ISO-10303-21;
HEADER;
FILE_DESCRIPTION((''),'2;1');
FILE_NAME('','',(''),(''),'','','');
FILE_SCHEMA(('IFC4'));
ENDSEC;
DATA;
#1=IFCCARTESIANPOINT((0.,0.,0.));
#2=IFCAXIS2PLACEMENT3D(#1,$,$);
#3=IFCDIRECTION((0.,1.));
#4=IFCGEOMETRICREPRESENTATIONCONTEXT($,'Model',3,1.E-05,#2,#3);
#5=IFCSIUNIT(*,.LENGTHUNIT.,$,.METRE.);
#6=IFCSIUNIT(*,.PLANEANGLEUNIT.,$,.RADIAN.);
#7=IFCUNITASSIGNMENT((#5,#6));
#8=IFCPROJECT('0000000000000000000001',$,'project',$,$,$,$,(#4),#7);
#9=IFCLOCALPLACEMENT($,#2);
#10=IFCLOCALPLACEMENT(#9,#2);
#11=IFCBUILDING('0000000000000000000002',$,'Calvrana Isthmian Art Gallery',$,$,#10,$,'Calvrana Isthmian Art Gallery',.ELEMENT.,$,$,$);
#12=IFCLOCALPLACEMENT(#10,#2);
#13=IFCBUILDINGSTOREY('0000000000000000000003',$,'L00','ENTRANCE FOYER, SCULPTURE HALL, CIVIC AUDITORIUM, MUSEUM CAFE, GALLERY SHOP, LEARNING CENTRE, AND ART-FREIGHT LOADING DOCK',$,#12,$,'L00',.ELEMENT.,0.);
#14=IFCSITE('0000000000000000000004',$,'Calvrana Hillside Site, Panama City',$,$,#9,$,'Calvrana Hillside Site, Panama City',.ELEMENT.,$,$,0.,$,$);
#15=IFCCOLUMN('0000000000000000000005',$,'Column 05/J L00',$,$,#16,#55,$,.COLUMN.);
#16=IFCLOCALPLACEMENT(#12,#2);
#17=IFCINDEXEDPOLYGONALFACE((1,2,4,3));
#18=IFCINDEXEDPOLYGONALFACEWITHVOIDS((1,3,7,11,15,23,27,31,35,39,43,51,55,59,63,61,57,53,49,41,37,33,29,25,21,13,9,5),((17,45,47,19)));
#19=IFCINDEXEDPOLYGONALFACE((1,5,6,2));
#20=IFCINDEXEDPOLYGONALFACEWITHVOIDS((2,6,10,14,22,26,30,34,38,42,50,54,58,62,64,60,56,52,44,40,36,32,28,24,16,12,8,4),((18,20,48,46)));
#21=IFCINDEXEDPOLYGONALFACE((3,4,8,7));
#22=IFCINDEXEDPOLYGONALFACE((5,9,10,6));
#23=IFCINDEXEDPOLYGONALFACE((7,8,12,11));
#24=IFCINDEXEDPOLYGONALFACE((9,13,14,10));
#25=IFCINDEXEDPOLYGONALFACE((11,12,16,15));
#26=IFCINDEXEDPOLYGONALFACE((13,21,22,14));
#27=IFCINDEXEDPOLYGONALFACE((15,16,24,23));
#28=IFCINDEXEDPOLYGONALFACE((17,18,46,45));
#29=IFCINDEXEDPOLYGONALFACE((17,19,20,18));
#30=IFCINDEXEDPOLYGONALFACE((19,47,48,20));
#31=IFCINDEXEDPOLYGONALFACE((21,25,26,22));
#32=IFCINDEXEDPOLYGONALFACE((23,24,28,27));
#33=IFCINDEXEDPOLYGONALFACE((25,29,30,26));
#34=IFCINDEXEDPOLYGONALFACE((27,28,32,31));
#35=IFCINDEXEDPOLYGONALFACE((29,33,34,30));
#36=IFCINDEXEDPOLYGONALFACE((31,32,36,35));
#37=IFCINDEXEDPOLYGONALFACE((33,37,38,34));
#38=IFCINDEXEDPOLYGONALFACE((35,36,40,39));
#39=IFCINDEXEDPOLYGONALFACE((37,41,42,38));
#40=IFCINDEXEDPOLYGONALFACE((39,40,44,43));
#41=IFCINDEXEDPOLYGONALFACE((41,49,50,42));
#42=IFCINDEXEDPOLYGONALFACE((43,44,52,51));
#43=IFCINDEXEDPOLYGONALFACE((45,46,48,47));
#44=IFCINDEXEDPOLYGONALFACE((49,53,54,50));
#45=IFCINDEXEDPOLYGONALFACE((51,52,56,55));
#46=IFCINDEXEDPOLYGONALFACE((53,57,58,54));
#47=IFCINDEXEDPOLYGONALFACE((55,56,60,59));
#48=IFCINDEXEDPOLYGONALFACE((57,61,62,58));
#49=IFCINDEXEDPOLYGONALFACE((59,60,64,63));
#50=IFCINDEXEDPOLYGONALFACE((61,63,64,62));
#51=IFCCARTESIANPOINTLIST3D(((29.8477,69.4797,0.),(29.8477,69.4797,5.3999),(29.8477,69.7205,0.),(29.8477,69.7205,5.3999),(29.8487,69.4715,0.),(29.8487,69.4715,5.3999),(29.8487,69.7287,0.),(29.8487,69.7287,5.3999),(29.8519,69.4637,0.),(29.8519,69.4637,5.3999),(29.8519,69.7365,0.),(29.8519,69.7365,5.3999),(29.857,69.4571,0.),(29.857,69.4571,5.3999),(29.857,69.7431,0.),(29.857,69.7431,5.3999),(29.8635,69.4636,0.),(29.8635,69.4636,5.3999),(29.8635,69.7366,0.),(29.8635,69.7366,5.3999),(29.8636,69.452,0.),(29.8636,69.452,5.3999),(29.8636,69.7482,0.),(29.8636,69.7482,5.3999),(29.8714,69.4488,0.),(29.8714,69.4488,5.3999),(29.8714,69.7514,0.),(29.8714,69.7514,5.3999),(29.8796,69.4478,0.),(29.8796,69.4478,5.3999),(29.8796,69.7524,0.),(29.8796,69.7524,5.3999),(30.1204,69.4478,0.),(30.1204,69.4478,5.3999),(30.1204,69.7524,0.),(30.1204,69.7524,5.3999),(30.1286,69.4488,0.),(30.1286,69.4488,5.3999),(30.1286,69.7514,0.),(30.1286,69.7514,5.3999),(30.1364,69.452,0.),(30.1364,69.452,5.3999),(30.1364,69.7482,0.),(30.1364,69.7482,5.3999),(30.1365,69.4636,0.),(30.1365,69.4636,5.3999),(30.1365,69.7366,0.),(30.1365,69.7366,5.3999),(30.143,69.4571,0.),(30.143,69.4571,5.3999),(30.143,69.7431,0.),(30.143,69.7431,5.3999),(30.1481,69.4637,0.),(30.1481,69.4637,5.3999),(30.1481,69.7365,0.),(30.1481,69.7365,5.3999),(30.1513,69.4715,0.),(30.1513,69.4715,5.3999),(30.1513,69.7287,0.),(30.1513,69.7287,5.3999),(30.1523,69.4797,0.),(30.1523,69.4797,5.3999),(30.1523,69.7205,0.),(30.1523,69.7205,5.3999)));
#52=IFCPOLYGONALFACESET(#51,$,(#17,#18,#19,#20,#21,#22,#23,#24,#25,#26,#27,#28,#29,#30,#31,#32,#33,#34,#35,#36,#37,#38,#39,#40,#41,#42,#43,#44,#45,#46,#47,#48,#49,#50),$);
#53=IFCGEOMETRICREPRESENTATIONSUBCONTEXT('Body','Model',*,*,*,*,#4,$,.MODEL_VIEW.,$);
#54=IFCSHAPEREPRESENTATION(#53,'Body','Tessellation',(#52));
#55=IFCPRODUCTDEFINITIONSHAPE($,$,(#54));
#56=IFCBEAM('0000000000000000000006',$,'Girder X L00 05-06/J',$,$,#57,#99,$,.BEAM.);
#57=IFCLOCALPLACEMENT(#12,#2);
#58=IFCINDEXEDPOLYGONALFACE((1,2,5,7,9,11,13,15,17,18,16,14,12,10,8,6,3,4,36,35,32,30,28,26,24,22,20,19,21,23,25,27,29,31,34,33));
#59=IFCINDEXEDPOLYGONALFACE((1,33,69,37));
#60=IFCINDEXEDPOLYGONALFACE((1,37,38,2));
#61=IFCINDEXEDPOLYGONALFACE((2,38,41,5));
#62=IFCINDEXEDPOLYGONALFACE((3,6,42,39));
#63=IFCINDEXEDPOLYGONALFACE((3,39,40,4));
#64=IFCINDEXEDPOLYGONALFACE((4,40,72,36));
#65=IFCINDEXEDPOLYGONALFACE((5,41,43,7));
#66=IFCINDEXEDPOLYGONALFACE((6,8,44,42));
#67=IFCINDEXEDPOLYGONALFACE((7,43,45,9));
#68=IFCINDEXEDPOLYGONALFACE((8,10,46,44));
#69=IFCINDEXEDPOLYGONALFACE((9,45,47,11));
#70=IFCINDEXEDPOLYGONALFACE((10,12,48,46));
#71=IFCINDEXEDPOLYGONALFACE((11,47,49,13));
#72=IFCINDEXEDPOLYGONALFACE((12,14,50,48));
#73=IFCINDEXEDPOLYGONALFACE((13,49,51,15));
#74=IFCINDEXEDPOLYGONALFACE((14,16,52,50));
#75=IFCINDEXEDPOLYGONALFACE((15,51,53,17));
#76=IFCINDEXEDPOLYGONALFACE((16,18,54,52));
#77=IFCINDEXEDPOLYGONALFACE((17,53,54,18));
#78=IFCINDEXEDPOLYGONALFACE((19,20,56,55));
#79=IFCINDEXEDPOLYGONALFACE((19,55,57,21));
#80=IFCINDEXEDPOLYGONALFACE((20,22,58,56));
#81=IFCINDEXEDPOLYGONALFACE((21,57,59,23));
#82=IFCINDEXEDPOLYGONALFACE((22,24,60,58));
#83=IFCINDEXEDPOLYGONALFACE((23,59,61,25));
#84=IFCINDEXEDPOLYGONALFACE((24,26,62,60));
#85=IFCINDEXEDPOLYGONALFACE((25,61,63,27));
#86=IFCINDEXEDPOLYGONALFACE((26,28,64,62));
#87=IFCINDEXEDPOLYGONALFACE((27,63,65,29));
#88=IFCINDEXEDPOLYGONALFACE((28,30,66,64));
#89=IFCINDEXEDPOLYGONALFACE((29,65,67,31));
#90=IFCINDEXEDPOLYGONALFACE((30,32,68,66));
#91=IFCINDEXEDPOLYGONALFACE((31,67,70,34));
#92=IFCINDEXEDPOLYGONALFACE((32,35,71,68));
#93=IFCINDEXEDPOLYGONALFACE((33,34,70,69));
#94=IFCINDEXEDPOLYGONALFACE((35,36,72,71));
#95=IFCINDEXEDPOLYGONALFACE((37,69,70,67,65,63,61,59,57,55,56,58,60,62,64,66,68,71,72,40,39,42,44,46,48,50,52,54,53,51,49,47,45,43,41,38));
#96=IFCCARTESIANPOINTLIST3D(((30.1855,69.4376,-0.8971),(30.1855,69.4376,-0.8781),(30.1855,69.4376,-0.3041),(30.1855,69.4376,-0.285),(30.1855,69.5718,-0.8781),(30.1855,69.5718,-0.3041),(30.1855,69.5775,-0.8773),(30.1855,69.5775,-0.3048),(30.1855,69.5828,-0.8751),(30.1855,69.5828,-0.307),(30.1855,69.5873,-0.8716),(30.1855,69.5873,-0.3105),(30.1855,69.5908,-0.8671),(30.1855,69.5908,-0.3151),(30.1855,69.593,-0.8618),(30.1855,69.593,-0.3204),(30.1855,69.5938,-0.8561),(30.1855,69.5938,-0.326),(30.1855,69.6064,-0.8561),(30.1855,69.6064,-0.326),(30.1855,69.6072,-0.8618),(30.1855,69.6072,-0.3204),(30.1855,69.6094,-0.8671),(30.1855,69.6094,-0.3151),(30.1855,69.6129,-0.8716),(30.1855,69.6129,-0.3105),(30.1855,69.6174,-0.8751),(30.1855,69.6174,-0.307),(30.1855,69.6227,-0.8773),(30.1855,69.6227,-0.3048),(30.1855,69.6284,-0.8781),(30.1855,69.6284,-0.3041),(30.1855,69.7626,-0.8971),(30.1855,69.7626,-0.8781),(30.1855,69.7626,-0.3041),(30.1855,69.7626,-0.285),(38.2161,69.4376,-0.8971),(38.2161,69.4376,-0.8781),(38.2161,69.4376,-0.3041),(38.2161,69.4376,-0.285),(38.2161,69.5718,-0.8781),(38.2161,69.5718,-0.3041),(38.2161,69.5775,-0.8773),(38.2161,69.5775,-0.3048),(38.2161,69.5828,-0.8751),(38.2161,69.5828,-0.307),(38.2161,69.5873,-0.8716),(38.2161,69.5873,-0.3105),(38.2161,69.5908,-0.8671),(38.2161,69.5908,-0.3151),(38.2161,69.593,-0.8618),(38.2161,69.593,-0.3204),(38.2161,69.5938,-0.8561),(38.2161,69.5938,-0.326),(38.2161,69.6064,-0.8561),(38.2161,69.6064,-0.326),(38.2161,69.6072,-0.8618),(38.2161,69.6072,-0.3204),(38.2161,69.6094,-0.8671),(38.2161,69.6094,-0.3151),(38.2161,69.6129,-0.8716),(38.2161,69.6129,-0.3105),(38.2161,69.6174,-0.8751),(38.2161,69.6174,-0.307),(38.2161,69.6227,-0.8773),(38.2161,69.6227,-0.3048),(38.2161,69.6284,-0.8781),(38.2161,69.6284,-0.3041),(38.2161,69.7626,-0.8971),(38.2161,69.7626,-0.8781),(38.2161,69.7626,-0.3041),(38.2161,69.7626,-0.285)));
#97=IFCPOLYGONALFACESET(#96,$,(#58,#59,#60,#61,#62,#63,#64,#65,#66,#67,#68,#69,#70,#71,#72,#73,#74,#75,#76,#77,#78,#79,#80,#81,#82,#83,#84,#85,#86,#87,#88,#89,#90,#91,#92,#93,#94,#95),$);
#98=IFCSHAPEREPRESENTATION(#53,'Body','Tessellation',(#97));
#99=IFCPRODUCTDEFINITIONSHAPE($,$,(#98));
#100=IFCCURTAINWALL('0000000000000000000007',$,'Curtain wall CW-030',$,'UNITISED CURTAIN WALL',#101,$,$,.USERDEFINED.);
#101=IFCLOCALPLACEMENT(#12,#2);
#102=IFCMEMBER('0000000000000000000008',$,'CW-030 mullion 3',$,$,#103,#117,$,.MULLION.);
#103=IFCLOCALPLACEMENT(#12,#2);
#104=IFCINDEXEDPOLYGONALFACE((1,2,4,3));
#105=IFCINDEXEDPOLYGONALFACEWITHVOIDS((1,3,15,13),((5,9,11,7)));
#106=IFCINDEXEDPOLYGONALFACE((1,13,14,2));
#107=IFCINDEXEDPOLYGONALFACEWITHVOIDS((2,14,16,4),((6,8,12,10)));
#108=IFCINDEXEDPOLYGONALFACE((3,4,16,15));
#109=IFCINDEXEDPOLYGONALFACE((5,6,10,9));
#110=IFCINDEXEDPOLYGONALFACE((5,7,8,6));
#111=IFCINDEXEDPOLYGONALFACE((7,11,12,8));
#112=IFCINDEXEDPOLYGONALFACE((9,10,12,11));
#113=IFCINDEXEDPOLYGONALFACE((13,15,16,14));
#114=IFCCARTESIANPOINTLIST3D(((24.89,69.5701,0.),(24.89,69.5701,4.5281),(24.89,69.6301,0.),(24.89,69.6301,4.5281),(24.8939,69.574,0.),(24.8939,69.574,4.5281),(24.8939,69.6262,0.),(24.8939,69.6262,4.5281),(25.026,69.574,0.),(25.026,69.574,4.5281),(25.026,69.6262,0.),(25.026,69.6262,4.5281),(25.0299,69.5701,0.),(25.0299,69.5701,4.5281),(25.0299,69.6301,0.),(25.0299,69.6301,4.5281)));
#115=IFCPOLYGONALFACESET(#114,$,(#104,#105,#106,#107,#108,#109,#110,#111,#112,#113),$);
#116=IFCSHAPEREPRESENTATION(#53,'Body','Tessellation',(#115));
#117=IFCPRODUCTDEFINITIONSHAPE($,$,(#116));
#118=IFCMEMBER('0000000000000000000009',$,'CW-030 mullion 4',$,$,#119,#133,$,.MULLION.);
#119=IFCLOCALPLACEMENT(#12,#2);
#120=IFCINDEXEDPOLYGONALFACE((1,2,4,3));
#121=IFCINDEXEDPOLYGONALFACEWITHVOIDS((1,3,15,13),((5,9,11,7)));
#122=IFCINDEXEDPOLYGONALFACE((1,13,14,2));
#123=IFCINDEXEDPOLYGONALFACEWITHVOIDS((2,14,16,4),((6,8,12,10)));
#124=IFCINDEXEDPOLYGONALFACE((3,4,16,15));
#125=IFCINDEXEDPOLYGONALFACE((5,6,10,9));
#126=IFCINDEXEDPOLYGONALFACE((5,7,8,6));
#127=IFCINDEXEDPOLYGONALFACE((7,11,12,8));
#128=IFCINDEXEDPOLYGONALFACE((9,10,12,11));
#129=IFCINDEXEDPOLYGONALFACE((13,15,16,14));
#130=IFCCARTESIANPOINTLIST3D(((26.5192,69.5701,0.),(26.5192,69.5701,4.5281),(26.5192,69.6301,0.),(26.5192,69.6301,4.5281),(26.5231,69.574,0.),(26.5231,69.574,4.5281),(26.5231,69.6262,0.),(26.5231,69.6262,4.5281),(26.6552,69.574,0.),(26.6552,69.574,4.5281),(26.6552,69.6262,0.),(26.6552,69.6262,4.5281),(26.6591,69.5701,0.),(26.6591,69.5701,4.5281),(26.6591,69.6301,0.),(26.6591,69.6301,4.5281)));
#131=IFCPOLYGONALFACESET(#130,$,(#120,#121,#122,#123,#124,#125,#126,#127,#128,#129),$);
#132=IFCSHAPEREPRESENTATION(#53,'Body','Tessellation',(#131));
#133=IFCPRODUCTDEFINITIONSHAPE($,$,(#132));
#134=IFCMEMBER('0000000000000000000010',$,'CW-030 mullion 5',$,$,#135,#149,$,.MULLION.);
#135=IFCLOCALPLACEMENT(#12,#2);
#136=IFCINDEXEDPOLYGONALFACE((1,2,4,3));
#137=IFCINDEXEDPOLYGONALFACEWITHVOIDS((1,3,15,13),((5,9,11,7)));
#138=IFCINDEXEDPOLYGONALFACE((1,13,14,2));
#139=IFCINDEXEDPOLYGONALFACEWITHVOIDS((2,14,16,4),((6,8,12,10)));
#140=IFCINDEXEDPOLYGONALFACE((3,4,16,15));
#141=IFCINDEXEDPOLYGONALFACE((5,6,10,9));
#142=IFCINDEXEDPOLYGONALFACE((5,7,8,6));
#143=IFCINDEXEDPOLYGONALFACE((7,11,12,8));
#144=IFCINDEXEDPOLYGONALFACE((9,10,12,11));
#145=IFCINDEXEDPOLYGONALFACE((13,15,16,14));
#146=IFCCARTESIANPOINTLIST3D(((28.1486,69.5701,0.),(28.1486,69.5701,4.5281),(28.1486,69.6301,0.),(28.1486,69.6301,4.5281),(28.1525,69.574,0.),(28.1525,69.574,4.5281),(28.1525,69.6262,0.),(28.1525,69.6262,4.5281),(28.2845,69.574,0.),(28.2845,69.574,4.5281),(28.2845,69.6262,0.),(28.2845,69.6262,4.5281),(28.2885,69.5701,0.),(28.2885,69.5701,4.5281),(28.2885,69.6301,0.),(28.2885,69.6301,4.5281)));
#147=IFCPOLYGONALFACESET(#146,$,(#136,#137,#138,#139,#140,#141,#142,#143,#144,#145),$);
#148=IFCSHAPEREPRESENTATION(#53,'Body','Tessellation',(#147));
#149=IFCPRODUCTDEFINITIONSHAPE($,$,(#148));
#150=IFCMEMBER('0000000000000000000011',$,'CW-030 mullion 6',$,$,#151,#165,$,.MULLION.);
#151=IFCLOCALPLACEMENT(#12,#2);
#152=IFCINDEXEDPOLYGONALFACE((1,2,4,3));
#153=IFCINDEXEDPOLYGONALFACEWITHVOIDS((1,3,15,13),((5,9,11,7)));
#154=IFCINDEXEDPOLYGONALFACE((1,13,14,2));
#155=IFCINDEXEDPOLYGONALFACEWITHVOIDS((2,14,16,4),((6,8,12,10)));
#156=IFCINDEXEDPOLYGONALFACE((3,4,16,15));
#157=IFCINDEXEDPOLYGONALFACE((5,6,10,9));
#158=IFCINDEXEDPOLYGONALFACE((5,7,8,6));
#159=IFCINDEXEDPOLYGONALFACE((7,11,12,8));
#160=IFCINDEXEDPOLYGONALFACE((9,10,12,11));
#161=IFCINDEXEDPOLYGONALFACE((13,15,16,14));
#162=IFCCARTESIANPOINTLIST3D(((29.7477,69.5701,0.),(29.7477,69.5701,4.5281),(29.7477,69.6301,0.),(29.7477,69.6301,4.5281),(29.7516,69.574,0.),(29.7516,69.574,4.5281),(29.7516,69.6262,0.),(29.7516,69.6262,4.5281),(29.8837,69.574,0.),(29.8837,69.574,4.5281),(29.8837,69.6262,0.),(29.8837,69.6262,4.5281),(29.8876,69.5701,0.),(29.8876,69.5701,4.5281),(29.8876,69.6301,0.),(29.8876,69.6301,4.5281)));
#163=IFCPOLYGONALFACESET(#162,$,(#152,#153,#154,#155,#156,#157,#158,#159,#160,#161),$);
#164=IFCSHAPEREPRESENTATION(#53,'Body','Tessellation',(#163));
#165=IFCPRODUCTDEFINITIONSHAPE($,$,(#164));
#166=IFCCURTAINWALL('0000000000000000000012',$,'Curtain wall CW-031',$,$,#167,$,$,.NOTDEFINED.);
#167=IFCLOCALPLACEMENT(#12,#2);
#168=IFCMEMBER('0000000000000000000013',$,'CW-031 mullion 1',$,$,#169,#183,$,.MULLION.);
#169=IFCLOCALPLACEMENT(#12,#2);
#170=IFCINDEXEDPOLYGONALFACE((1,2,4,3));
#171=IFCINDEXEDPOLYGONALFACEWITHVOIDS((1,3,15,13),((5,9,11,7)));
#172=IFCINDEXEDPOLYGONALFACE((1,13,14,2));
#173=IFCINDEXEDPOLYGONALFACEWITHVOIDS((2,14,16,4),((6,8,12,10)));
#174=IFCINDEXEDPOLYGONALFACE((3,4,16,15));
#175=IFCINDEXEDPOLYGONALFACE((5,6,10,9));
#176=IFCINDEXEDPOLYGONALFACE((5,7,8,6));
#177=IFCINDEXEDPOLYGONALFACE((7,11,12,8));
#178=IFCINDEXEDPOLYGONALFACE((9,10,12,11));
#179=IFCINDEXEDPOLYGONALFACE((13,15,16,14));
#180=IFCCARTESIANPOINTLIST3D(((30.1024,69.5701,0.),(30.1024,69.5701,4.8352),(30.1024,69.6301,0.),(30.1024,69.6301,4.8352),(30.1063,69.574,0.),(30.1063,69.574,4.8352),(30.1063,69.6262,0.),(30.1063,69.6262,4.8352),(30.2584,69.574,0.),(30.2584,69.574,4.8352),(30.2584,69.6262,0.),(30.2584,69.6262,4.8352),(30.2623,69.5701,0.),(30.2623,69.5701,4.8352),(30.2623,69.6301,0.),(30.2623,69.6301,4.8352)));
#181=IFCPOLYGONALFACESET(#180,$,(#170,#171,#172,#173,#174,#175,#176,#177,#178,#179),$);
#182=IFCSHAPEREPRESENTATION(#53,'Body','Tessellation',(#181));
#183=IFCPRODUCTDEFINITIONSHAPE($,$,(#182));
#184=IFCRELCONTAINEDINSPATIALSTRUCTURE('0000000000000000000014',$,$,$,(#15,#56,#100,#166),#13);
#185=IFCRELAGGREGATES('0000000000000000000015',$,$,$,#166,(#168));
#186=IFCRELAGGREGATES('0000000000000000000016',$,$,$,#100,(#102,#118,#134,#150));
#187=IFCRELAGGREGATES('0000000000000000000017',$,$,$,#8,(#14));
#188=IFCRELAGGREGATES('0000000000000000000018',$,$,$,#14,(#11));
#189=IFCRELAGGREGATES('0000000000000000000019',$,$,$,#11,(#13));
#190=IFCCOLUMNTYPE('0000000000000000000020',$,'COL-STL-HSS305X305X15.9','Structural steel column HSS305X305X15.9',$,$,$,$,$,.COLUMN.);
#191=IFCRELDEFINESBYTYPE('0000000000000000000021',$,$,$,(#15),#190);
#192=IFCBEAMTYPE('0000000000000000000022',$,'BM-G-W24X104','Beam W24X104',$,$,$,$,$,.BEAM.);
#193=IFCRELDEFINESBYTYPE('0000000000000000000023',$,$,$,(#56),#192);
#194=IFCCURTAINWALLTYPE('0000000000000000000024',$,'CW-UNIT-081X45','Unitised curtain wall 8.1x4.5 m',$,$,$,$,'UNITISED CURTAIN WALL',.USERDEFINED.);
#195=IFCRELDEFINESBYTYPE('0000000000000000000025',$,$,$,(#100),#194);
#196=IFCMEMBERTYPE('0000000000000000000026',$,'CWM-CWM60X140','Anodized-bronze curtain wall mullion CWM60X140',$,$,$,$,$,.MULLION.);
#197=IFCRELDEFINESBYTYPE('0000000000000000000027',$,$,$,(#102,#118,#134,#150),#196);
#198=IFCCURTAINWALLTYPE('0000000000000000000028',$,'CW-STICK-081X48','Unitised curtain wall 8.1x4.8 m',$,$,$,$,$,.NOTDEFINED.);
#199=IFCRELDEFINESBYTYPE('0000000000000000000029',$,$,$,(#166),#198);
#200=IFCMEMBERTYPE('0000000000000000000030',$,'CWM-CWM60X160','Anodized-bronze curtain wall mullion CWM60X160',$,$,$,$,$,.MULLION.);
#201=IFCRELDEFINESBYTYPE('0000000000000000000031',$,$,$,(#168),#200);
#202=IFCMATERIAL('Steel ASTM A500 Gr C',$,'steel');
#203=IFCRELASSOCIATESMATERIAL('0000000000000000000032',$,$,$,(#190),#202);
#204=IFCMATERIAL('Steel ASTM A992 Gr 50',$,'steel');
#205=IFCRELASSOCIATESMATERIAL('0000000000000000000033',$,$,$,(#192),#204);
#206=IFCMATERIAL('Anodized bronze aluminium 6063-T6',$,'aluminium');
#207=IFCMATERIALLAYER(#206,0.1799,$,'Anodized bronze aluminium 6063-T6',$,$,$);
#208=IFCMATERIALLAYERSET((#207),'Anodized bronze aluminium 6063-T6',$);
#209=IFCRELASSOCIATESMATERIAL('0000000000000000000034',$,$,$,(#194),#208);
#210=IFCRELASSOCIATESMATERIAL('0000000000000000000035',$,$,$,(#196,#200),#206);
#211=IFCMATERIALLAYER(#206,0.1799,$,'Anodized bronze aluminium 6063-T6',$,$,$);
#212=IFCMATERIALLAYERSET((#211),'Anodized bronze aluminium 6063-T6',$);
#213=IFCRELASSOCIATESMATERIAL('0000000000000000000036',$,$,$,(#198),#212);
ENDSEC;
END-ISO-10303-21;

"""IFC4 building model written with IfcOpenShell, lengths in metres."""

from ifc_helpers import new_model, si_unit, direction, frame, origin, origin_2d, place, context, subcontext, project, spatial, hollow_rectangle, i_section, extrude, material, layer, layer_set, material_profile, profile_set, type_object, element, aggregate, save


model = new_model("IFC4")

# Units and contexts
model_context = context("Model", 3, precision=1e-05, world=origin(), true_north=direction((0.0, 1.0)))
body_context = subcontext(model_context, "Body", "Model", "MODEL_VIEW")
ifc_project = project(units=[si_unit("LENGTHUNIT", "METRE"), si_unit("PLANEANGLEUNIT", "RADIAN")], contexts=[model_context])

# Site, building, storey
site_placement = place(None, origin())
site = spatial("IfcSite", under=ifc_project, at=site_placement, Name="Calvrana Hillside Site, Panama City", LongName="Calvrana Hillside Site, Panama City", CompositionType="ELEMENT", RefElevation=0.0)
building_placement = place(site_placement, origin())
building = spatial("IfcBuilding", under=site, at=building_placement, Name="Calvrana Isthmian Art Gallery", LongName="Calvrana Isthmian Art Gallery", CompositionType="ELEMENT")
storey_placement = place(building_placement, origin())
storey = spatial("IfcBuildingStorey", under=building, at=storey_placement, Name="L00", Description="ENTRANCE FOYER, SCULPTURE HALL, CIVIC AUDITORIUM, MUSEUM CAFE, GALLERY SHOP, LEARNING CENTRE, AND ART-FREIGHT LOADING DOCK", LongName="L00", CompositionType="ELEMENT", Elevation=0.0)

# Column
ifc_material_1 = material(Name="Steel ASTM A500 Gr C", Category="steel")
ifc_material_profile_1 = material_profile(ifc_material_1, hollow_rectangle(XDim=0.3047, YDim=0.3047, WallThickness=0.0159, OuterFilletRadius=0.032, at=origin_2d()), Name="HSS305X305X15.9")
ifc_profile_set_1 = profile_set([ifc_material_profile_1], Name="Steel ASTM A500 Gr C")
column_type = type_object("IfcColumnType", Name="COL-STL-HSS305X305X15.9", Description="Structural steel column HSS305X305X15.9", PredefinedType="COLUMN", material=ifc_profile_set_1)
column_placement = place(storey_placement, frame((30.0, 69.6001, 0.0), z_axis=(0.0, 0.0, 1.0), x_axis=(1.0, 0.0, 0.0)))
element("IfcColumn", 1, at=column_placement, inside=storey, type_object=column_type, Name="Column 05/J L00", PredefinedType="COLUMN", context=body_context, shape_type="SweptSolid", body=[
    extrude(hollow_rectangle(XDim=0.3047, YDim=0.3047, WallThickness=0.0159, OuterFilletRadius=0.032, at=origin_2d()), origin(), (0.0, 0.0, 1.0), 5.3999),
])

# Beam
ifc_material_2 = material(Name="Steel ASTM A992 Gr 50", Category="steel")
ifc_material_profile_2 = material_profile(ifc_material_2, i_section(OverallWidth=0.325, OverallDepth=0.6121, WebThickness=0.0127, FlangeThickness=0.019, FilletRadius=0.022, at=origin_2d()), Name="W24X104")
ifc_profile_set_2 = profile_set([ifc_material_profile_2], Name="Steel ASTM A992 Gr 50")
beam_type = type_object("IfcBeamType", Name="BM-G-W24X104", Description="Beam W24X104", PredefinedType="BEAM", material=ifc_profile_set_2)
beam_placement = place(storey_placement, frame((30.1855, 69.6001, -0.5911), z_axis=(1.0, 0.0, 0.0), x_axis=(0.0, 1.0, 0.0)))
element("IfcBeam", 2, at=beam_placement, inside=storey, type_object=beam_type, Name="Girder X L00 05-06/J", PredefinedType="BEAM", context=body_context, shape_type="SweptSolid", body=[
    extrude(i_section(OverallWidth=0.325, OverallDepth=0.6121, WebThickness=0.0127, FlangeThickness=0.019, FilletRadius=0.022, at=origin_2d()), origin(), (0.0, 0.0, 1.0), 8.0305),
])

# Curtain wall, members
ifc_material_3 = material(Name="Anodized bronze aluminium 6063-T6", Category="aluminium")
ifc_layer_1 = layer(ifc_material_3, 0.1799, Name="Anodized bronze aluminium 6063-T6")
ifc_layer_set_1 = layer_set([ifc_layer_1], Name="Anodized bronze aluminium 6063-T6")
curtain_wall_type_1 = type_object("IfcCurtainWallType", Name="CW-UNIT-081X45", Description="Unitised curtain wall 8.1x4.5 m", ElementType="UNITISED CURTAIN WALL", PredefinedType="USERDEFINED", material=ifc_layer_set_1)
curtain_wall_1_placement = place(storey_placement, origin())
curtain_wall_1 = element("IfcCurtainWall", 3, at=curtain_wall_1_placement, inside=storey, type_object=curtain_wall_type_1, Name="Curtain wall CW-030", ObjectType="UNITISED CURTAIN WALL", PredefinedType="USERDEFINED")
ifc_material_profile_3 = material_profile(ifc_material_3, hollow_rectangle(XDim=0.0601, YDim=0.1399, WallThickness=0.0039, at=origin_2d()), Name="CWM60X140")
ifc_profile_set_3 = profile_set([ifc_material_profile_3], Name="Anodized bronze aluminium 6063-T6")
member_type_1 = type_object("IfcMemberType", Name="CWM-CWM60X140", Description="Anodized-bronze curtain wall mullion CWM60X140", PredefinedType="MULLION", material=ifc_profile_set_3)
member_1_placement = place(storey_placement, frame((24.96, 69.6001, 0.0), z_axis=(0.0, 0.0, 1.0), x_axis=(0.0, 1.0, 0.0)))
member_1 = element("IfcMember", 4, at=member_1_placement, type_object=member_type_1, Name="CW-030 mullion 3", PredefinedType="MULLION", context=body_context, shape_type="SweptSolid", body=[
    extrude(hollow_rectangle(XDim=0.0601, YDim=0.1399, WallThickness=0.0039, at=origin_2d()), origin(), (0.0, 0.0, 1.0), 4.5281),
])
member_2_placement = place(storey_placement, frame((26.5891, 69.6001, 0.0), z_axis=(0.0, 0.0, 1.0), x_axis=(0.0, 1.0, 0.0)))
member_2 = element("IfcMember", 5, at=member_2_placement, type_object=member_type_1, Name="CW-030 mullion 4", PredefinedType="MULLION", context=body_context, shape_type="SweptSolid", body=[
    extrude(hollow_rectangle(XDim=0.0601, YDim=0.1399, WallThickness=0.0039, at=origin_2d()), origin(), (0.0, 0.0, 1.0), 4.5281),
])
member_3_placement = place(storey_placement, frame((28.2185, 69.6001, 0.0), z_axis=(0.0, 0.0, 1.0), x_axis=(0.0, 1.0, 0.0)))
member_3 = element("IfcMember", 6, at=member_3_placement, type_object=member_type_1, Name="CW-030 mullion 5", PredefinedType="MULLION", context=body_context, shape_type="SweptSolid", body=[
    extrude(hollow_rectangle(XDim=0.0601, YDim=0.1399, WallThickness=0.0039, at=origin_2d()), origin(), (0.0, 0.0, 1.0), 4.5281),
])
member_4_placement = place(storey_placement, frame((29.8176, 69.6001, 0.0), z_axis=(0.0, 0.0, 1.0), x_axis=(0.0, 1.0, 0.0)))
member_4 = element("IfcMember", 7, at=member_4_placement, type_object=member_type_1, Name="CW-030 mullion 6", PredefinedType="MULLION", context=body_context, shape_type="SweptSolid", body=[
    extrude(hollow_rectangle(XDim=0.0601, YDim=0.1399, WallThickness=0.0039, at=origin_2d()), origin(), (0.0, 0.0, 1.0), 4.5281),
])

# Curtain wall, member
ifc_layer_2 = layer(ifc_material_3, 0.1799, Name="Anodized bronze aluminium 6063-T6")
ifc_layer_set_2 = layer_set([ifc_layer_2], Name="Anodized bronze aluminium 6063-T6")
curtain_wall_type_2 = type_object("IfcCurtainWallType", Name="CW-STICK-081X48", Description="Unitised curtain wall 8.1x4.8 m", PredefinedType="NOTDEFINED", material=ifc_layer_set_2)
curtain_wall_2_placement = place(storey_placement, origin())
curtain_wall_2 = element("IfcCurtainWall", 8, at=curtain_wall_2_placement, inside=storey, type_object=curtain_wall_type_2, Name="Curtain wall CW-031", PredefinedType="NOTDEFINED")
ifc_material_profile_4 = material_profile(ifc_material_3, hollow_rectangle(XDim=0.0601, YDim=0.1599, WallThickness=0.0039, at=origin_2d()), Name="CWM60X160")
ifc_profile_set_4 = profile_set([ifc_material_profile_4], Name="Anodized bronze aluminium 6063-T6")
member_type_2 = type_object("IfcMemberType", Name="CWM-CWM60X160", Description="Anodized-bronze curtain wall mullion CWM60X160", PredefinedType="MULLION", material=ifc_profile_set_4)
member_5_placement = place(storey_placement, frame((30.1824, 69.6001, 0.0), z_axis=(0.0, 0.0, 1.0), x_axis=(0.0, 1.0, 0.0)))
member_5 = element("IfcMember", 9, at=member_5_placement, type_object=member_type_2, Name="CW-031 mullion 1", PredefinedType="MULLION", context=body_context, shape_type="SweptSolid", body=[
    extrude(hollow_rectangle(XDim=0.0601, YDim=0.1599, WallThickness=0.0039, at=origin_2d()), origin(), (0.0, 0.0, 1.0), 4.8352),
])

aggregate(curtain_wall_2, [member_5])

aggregate(curtain_wall_1, [member_1, member_2, member_3, member_4])

save(model, "model.ifc")
